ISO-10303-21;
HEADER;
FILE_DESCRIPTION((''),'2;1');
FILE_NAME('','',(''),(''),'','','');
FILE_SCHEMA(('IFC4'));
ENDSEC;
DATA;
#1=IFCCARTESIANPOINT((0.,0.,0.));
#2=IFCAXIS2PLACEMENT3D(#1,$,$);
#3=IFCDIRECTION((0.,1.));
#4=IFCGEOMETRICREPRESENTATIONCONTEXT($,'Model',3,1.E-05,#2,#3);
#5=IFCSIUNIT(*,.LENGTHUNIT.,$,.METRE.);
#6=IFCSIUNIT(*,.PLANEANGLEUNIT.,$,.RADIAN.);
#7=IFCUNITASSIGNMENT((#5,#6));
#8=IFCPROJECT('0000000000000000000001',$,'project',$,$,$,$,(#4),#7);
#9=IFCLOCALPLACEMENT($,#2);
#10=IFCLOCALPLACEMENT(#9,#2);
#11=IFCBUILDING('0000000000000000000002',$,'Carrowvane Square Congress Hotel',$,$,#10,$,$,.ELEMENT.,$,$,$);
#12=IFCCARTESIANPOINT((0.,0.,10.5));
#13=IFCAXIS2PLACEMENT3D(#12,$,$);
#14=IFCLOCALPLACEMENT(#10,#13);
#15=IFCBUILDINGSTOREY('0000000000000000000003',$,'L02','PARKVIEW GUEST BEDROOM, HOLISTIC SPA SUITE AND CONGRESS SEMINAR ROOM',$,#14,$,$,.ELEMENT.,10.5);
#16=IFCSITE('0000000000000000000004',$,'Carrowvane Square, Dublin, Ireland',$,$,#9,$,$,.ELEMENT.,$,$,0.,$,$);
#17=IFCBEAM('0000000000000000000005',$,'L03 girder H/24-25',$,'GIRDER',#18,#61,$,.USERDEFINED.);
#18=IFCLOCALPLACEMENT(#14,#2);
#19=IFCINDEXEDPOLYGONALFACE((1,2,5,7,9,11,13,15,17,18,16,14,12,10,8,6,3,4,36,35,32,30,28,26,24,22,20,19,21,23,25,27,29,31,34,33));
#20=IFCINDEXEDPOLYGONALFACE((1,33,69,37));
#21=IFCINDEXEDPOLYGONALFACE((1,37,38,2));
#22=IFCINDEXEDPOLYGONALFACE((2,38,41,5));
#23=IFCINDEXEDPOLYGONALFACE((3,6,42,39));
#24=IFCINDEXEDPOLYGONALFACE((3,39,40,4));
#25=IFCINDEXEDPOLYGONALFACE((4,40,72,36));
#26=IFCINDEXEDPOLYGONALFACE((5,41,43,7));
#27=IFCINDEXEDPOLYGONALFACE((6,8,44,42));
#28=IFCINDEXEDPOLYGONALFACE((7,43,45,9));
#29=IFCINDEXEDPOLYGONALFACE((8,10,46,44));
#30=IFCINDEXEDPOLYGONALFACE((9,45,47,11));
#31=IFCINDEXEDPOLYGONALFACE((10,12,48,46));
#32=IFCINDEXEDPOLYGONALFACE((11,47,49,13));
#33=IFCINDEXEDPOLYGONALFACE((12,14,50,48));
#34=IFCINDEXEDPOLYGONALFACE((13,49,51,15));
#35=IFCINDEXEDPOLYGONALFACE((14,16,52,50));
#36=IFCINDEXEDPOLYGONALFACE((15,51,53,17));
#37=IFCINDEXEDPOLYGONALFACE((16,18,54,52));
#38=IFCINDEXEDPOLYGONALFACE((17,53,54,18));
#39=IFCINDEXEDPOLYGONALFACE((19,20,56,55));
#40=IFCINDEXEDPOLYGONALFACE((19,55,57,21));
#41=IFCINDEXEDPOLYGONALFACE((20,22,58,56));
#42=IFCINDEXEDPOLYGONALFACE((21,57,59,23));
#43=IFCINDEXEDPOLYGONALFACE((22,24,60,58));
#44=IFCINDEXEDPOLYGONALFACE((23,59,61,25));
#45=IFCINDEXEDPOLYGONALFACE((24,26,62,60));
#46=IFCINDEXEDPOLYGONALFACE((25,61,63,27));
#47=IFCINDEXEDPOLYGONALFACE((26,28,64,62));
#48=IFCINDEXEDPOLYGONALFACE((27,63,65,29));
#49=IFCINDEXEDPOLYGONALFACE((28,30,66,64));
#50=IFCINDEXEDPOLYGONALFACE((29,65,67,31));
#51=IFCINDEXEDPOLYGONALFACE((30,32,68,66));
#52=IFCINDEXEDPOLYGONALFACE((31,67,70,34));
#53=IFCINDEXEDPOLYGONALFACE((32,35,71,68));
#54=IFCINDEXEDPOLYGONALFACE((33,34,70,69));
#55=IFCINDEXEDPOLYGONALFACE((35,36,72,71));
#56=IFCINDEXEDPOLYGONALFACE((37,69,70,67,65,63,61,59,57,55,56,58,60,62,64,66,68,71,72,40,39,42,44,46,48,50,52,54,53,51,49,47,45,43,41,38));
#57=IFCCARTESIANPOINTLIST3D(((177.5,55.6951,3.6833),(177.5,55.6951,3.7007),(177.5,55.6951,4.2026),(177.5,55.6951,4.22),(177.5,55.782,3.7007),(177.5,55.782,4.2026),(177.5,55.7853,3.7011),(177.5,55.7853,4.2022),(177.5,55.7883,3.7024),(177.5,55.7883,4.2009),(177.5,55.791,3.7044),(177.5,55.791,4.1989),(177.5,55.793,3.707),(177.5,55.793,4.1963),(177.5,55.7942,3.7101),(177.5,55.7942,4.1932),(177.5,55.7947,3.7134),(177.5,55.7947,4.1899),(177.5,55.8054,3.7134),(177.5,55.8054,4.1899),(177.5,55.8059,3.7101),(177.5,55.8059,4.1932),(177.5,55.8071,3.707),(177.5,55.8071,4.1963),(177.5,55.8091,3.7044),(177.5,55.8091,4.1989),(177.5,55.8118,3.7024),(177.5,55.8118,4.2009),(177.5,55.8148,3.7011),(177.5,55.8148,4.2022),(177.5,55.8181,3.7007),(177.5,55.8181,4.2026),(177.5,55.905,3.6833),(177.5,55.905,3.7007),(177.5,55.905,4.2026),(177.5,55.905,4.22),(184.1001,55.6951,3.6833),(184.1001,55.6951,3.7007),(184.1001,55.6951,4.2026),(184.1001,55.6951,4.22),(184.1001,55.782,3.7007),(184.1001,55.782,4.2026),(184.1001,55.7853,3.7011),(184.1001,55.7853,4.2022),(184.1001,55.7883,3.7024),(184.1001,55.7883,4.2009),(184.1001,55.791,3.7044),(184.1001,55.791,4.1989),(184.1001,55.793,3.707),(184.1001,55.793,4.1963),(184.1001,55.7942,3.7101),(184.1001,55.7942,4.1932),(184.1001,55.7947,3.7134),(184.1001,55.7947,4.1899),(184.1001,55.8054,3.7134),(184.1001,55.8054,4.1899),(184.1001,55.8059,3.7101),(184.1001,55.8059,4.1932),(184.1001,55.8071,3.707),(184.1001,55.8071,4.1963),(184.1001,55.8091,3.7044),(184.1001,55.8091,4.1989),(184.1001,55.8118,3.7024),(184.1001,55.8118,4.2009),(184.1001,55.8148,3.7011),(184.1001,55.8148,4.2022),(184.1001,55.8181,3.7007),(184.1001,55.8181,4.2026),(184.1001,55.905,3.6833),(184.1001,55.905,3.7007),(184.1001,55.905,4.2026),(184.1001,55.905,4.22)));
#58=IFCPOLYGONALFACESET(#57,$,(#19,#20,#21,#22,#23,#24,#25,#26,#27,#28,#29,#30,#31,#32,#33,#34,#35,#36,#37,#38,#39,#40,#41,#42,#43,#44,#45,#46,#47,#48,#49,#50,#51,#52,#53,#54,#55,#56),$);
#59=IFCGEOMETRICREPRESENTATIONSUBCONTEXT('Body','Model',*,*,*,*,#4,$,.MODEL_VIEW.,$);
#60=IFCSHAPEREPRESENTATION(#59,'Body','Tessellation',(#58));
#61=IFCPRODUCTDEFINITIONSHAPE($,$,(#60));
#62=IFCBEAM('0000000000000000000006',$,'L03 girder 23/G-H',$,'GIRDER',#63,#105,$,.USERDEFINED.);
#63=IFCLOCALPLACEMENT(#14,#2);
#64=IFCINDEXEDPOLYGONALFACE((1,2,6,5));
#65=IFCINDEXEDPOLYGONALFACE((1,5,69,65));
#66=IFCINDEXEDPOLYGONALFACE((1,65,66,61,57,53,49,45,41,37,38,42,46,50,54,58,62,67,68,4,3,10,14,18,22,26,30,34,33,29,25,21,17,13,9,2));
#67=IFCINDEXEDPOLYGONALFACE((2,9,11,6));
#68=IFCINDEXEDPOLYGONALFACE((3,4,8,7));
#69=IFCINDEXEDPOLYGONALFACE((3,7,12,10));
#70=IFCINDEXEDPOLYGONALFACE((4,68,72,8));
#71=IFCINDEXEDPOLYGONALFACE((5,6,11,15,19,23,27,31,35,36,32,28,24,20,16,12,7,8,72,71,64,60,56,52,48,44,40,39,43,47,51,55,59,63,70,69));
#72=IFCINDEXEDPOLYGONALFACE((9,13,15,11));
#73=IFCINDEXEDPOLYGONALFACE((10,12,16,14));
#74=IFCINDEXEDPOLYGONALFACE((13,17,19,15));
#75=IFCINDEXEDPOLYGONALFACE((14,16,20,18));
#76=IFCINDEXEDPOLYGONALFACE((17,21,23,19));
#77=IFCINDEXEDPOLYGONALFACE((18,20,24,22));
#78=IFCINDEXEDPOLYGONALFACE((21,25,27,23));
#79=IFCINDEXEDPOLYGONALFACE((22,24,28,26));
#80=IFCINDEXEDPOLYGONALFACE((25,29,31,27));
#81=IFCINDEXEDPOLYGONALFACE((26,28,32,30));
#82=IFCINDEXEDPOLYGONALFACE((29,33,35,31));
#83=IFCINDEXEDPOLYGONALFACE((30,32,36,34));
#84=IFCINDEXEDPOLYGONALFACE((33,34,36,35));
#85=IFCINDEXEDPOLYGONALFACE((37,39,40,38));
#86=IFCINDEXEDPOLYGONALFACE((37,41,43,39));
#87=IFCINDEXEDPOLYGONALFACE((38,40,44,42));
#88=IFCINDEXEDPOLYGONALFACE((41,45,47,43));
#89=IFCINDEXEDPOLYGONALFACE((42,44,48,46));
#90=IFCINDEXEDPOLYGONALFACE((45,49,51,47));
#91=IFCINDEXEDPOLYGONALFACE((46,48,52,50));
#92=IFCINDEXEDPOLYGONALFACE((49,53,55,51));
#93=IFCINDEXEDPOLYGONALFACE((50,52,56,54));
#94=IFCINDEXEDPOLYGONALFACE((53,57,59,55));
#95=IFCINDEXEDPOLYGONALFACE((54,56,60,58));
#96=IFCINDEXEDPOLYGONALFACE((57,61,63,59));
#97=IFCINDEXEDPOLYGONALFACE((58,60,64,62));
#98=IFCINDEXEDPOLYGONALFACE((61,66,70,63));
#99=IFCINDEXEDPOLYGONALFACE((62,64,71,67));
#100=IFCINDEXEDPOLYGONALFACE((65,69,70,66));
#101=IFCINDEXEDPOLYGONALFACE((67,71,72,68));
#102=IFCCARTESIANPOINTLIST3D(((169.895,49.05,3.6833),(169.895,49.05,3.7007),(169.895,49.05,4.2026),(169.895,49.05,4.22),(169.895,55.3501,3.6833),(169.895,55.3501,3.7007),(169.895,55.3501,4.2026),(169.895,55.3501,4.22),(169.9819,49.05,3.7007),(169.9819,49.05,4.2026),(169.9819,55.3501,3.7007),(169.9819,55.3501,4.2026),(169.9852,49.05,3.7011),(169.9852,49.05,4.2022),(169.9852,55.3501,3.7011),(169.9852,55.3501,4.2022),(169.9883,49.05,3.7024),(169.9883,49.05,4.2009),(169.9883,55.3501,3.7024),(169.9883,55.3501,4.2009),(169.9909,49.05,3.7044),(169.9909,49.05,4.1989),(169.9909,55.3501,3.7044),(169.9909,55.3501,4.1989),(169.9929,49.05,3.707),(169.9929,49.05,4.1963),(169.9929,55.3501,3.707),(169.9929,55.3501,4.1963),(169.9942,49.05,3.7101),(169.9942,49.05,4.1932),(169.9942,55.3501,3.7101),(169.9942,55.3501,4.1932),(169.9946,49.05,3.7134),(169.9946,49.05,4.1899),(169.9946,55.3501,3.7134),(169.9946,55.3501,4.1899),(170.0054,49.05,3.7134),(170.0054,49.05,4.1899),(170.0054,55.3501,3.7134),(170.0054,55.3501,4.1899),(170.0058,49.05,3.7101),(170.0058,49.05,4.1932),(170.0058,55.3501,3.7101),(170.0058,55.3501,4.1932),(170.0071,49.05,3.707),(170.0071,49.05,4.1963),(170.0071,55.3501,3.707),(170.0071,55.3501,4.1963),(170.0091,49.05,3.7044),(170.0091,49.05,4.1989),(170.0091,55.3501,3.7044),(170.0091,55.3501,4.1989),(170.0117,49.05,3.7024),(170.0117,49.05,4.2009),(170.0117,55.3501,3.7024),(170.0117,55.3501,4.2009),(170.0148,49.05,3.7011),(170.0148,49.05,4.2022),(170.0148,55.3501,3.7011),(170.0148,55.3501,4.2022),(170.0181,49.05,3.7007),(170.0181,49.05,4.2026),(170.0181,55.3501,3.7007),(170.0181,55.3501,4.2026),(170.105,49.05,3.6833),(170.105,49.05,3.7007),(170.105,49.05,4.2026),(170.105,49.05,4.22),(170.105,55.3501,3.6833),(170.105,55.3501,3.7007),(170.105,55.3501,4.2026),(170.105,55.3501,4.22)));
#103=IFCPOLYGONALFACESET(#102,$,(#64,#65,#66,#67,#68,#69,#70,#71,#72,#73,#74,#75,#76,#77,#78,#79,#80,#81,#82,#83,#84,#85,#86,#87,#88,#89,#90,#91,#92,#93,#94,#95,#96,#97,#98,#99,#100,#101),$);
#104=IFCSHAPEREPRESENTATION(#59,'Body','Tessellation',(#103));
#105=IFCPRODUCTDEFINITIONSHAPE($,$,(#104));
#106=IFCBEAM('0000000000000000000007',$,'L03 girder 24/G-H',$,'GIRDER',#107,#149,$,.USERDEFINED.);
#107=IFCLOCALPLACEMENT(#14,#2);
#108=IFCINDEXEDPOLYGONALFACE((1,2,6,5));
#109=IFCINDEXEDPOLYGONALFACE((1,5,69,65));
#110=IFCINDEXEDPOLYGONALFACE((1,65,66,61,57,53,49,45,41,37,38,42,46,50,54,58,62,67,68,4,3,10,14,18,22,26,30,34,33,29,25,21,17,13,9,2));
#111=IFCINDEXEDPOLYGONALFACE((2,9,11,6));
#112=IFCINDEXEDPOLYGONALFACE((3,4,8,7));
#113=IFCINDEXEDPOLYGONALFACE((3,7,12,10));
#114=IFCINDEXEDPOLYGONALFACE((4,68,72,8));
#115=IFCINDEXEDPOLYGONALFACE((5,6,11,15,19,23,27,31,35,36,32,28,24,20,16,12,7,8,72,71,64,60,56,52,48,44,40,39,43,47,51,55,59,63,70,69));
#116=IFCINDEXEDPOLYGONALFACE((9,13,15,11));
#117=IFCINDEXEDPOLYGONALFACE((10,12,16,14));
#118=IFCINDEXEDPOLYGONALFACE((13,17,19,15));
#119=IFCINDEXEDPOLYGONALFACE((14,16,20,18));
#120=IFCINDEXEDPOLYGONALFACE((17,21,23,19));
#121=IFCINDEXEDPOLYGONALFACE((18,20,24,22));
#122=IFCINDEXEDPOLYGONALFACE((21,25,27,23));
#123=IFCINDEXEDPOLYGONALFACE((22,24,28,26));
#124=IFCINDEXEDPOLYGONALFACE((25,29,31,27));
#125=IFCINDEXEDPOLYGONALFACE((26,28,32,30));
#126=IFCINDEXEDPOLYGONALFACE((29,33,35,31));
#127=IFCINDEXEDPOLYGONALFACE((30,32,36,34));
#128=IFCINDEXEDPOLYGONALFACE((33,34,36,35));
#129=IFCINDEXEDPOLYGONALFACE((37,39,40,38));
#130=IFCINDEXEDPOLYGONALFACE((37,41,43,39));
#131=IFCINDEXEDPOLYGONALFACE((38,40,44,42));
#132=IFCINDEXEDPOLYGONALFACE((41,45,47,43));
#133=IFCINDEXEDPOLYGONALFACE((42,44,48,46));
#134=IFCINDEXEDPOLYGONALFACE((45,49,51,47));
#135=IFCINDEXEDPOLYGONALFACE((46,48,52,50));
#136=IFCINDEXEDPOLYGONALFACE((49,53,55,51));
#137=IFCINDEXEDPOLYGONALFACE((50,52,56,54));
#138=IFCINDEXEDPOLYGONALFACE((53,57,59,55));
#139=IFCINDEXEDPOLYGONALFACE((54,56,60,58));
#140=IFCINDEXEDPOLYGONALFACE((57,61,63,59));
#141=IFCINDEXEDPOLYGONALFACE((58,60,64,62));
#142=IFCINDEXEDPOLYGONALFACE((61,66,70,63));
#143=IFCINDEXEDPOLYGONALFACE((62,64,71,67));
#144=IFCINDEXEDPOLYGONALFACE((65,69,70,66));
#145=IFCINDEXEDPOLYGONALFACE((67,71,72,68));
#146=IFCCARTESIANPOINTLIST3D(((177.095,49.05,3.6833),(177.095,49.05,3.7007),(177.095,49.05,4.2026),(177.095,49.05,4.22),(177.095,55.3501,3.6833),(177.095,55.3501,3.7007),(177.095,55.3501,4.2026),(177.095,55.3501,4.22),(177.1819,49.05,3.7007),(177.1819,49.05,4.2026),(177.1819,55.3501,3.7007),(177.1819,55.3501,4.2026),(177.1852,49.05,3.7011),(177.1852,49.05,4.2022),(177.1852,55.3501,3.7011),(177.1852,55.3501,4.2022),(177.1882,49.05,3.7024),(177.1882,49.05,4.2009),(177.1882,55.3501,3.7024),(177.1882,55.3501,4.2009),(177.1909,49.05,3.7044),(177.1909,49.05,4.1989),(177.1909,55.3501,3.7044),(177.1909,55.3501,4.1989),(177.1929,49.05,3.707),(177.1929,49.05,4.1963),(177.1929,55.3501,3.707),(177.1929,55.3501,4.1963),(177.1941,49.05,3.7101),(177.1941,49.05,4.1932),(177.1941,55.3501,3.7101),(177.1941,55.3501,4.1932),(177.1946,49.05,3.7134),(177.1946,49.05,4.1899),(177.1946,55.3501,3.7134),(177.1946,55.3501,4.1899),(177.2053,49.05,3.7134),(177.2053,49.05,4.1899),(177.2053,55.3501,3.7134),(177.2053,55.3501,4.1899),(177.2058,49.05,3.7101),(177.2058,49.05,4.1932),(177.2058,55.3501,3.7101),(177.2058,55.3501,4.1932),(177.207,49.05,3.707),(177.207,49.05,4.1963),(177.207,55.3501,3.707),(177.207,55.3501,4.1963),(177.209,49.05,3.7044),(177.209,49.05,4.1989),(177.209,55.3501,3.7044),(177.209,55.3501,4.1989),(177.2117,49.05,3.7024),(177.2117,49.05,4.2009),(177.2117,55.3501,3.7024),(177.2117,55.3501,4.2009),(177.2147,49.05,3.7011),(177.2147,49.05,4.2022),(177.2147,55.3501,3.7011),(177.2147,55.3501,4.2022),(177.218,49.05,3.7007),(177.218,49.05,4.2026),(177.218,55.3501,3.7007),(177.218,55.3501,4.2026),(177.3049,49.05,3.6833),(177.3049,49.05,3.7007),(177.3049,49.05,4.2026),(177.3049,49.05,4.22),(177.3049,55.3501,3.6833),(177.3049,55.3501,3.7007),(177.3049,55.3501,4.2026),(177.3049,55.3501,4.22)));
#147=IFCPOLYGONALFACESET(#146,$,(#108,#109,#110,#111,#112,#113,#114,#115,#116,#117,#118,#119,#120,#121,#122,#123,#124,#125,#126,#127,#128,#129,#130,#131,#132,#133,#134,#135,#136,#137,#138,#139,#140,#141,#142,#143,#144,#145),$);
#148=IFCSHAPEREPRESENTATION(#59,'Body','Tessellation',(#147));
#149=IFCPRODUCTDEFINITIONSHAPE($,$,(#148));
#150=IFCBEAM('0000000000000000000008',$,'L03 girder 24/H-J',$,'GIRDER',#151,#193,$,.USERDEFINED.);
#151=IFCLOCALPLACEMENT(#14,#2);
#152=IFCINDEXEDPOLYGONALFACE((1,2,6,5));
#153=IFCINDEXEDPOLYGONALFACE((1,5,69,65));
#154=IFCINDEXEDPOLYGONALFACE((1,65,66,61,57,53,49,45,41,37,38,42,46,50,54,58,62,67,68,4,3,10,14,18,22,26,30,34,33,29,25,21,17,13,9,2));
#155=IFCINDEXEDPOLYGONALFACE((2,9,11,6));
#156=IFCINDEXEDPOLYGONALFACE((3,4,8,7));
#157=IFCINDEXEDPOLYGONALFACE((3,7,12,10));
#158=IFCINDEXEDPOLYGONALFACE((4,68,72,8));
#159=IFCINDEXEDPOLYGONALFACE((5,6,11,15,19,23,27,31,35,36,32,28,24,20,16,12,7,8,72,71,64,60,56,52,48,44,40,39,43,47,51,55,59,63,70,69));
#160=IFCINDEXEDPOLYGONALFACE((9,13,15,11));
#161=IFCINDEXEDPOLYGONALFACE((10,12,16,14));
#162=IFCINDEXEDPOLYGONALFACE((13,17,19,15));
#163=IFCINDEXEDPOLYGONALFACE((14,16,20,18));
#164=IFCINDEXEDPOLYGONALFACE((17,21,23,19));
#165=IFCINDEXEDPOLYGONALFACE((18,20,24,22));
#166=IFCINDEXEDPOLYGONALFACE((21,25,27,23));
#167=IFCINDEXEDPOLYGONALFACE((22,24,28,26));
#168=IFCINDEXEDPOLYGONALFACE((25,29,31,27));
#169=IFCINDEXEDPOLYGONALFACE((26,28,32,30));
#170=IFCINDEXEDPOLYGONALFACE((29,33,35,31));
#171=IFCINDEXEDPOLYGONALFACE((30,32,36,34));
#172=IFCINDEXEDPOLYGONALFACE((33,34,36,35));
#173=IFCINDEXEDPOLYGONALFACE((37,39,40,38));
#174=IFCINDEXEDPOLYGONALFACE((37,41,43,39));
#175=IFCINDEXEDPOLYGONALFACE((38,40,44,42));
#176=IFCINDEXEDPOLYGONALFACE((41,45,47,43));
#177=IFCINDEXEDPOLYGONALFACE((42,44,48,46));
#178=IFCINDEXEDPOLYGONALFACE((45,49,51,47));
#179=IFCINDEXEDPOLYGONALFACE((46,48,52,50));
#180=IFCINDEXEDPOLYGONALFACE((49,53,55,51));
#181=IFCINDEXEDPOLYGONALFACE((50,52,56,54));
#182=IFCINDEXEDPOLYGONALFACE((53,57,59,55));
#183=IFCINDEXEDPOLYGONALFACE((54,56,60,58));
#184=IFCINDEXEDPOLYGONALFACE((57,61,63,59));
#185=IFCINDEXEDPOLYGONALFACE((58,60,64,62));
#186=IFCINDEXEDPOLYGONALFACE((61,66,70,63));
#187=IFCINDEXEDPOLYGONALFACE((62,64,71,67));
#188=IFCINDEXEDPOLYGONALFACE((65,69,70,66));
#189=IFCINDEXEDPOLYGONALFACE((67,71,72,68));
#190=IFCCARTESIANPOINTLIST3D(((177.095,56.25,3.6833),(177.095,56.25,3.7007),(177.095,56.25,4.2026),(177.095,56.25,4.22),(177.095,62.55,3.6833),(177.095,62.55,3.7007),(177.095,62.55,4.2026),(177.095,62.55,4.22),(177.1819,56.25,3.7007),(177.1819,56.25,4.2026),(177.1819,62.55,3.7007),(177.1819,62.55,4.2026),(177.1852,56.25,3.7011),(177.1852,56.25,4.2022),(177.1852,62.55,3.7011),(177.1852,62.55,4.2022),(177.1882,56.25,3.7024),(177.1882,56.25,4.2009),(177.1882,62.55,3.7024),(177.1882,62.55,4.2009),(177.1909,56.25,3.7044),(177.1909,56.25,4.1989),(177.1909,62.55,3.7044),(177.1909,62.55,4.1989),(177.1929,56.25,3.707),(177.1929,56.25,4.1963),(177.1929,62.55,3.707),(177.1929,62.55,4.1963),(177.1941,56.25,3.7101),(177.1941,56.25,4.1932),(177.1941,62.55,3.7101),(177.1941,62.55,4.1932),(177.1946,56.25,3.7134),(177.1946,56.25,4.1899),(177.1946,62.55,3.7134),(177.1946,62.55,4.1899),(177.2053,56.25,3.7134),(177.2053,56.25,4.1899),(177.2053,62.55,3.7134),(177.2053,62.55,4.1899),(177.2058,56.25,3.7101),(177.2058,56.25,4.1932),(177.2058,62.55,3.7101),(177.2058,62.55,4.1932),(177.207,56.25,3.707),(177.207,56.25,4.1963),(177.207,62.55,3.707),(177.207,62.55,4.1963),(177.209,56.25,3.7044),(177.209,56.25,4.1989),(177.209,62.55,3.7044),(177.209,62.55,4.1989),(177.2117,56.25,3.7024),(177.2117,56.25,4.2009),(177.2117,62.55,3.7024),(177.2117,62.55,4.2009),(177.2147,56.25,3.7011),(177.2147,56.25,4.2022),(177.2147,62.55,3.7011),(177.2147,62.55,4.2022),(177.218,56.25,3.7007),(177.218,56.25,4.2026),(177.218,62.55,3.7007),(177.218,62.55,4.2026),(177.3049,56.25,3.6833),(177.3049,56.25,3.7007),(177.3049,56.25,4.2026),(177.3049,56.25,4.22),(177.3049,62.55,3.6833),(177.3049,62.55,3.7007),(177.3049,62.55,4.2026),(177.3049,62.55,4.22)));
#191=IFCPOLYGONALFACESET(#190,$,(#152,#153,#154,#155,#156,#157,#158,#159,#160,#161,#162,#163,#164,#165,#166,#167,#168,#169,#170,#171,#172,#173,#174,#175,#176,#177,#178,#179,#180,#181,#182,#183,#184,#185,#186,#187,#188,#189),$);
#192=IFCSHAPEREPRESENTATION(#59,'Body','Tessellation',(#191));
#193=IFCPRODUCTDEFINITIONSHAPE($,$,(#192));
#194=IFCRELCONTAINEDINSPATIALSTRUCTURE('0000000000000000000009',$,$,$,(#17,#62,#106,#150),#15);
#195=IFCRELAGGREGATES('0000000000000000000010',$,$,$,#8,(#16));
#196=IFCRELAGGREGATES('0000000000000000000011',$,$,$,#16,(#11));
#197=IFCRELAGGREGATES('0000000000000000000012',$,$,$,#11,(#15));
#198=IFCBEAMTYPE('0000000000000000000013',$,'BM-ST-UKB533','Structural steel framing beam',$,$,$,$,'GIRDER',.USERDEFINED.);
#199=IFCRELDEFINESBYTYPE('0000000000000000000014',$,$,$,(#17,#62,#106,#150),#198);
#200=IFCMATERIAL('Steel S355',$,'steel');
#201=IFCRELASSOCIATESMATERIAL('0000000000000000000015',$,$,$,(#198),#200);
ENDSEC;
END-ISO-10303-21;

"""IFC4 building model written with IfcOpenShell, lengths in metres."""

from ifc_helpers import new_model, si_unit, direction, frame, origin, origin_2d, place, context, subcontext, project, spatial, i_section, extrude, material, material_profile, profile_set, type_object, element, save


model = new_model("IFC4")

# Units and contexts
model_context = context("Model", 3, precision=1e-05, world=origin(), true_north=direction((0.0, 1.0)))
body_context = subcontext(model_context, "Body", "Model", "MODEL_VIEW")
ifc_project = project(units=[si_unit("LENGTHUNIT", "METRE"), si_unit("PLANEANGLEUNIT", "RADIAN")], contexts=[model_context])

# Site, building, storey
site_placement = place(None, origin())
site = spatial("IfcSite", under=ifc_project, at=site_placement, Name="Carrowvane Square, Dublin, Ireland", CompositionType="ELEMENT", RefElevation=0.0)
building_placement = place(site_placement, origin())
building = spatial("IfcBuilding", under=site, at=building_placement, Name="Carrowvane Square Congress Hotel", CompositionType="ELEMENT")
storey_placement = place(building_placement, frame((0.0, 0.0, 10.5)))
storey = spatial("IfcBuildingStorey", under=building, at=storey_placement, Name="L02", Description="PARKVIEW GUEST BEDROOM, HOLISTIC SPA SUITE AND CONGRESS SEMINAR ROOM", CompositionType="ELEMENT", Elevation=10.5)

# Beams
ifc_material_1 = material(Name="Steel S355", Category="steel")
ifc_material_profile_1 = material_profile(ifc_material_1, i_section(OverallWidth=0.21, OverallDepth=0.5366, WebThickness=0.0107, FlangeThickness=0.0173, FilletRadius=0.0127, at=origin_2d()), Name="UKB 533x210x101")
ifc_profile_set_1 = profile_set([ifc_material_profile_1], Name="Steel S355")
beam_type_1 = type_object("IfcBeamType", Name="BM-ST-UKB533", Description="Structural steel framing beam", ElementType="GIRDER", PredefinedType="USERDEFINED", material=ifc_profile_set_1)
beam_1_placement = place(storey_placement, frame((177.5, 55.8, 3.9517), z_axis=(1.0, 0.0, 0.0), x_axis=(0.0, 1.0, 0.0)))
element("IfcBeam", 1, at=beam_1_placement, inside=storey, type_object=beam_type_1, Name="L03 girder H/24-25", ObjectType="GIRDER", PredefinedType="USERDEFINED", context=body_context, shape_type="SweptSolid", body=[
    extrude(i_section(OverallWidth=0.21, OverallDepth=0.5366, WebThickness=0.0107, FlangeThickness=0.0173, FilletRadius=0.0127, at=origin_2d()), origin(), (0.0, 0.0, 1.0), 6.6001),
])
for number, where, z_axis, x_axis, name in (
    (2, (170.0, 49.05, 3.9517), (0.0, 1.0, 0.0), (-1.0, 0.0, 0.0), "L03 girder 23/G-H"),
    (3, (177.2, 49.05, 3.9517), (0.0, 1.0, 0.0), (-1.0, 0.0, 0.0), "L03 girder 24/G-H"),
    (4, (177.2, 56.25, 3.9517), (0.0, 1.0, 0.0), (-1.0, 0.0, 0.0), "L03 girder 24/H-J"),
):
    element("IfcBeam", number, at=place(storey_placement, frame(where, z_axis=z_axis, x_axis=x_axis)), inside=storey, type_object=beam_type_1, Name=name, ObjectType="GIRDER", PredefinedType="USERDEFINED", context=body_context, shape_type="SweptSolid", body=[
        extrude(i_section(OverallWidth=0.21, OverallDepth=0.5366, WebThickness=0.0107, FlangeThickness=0.0173, FilletRadius=0.0127, at=origin_2d()), origin(), (0.0, 0.0, 1.0), 6.3),
    ])

save(model, "model.ifc")
